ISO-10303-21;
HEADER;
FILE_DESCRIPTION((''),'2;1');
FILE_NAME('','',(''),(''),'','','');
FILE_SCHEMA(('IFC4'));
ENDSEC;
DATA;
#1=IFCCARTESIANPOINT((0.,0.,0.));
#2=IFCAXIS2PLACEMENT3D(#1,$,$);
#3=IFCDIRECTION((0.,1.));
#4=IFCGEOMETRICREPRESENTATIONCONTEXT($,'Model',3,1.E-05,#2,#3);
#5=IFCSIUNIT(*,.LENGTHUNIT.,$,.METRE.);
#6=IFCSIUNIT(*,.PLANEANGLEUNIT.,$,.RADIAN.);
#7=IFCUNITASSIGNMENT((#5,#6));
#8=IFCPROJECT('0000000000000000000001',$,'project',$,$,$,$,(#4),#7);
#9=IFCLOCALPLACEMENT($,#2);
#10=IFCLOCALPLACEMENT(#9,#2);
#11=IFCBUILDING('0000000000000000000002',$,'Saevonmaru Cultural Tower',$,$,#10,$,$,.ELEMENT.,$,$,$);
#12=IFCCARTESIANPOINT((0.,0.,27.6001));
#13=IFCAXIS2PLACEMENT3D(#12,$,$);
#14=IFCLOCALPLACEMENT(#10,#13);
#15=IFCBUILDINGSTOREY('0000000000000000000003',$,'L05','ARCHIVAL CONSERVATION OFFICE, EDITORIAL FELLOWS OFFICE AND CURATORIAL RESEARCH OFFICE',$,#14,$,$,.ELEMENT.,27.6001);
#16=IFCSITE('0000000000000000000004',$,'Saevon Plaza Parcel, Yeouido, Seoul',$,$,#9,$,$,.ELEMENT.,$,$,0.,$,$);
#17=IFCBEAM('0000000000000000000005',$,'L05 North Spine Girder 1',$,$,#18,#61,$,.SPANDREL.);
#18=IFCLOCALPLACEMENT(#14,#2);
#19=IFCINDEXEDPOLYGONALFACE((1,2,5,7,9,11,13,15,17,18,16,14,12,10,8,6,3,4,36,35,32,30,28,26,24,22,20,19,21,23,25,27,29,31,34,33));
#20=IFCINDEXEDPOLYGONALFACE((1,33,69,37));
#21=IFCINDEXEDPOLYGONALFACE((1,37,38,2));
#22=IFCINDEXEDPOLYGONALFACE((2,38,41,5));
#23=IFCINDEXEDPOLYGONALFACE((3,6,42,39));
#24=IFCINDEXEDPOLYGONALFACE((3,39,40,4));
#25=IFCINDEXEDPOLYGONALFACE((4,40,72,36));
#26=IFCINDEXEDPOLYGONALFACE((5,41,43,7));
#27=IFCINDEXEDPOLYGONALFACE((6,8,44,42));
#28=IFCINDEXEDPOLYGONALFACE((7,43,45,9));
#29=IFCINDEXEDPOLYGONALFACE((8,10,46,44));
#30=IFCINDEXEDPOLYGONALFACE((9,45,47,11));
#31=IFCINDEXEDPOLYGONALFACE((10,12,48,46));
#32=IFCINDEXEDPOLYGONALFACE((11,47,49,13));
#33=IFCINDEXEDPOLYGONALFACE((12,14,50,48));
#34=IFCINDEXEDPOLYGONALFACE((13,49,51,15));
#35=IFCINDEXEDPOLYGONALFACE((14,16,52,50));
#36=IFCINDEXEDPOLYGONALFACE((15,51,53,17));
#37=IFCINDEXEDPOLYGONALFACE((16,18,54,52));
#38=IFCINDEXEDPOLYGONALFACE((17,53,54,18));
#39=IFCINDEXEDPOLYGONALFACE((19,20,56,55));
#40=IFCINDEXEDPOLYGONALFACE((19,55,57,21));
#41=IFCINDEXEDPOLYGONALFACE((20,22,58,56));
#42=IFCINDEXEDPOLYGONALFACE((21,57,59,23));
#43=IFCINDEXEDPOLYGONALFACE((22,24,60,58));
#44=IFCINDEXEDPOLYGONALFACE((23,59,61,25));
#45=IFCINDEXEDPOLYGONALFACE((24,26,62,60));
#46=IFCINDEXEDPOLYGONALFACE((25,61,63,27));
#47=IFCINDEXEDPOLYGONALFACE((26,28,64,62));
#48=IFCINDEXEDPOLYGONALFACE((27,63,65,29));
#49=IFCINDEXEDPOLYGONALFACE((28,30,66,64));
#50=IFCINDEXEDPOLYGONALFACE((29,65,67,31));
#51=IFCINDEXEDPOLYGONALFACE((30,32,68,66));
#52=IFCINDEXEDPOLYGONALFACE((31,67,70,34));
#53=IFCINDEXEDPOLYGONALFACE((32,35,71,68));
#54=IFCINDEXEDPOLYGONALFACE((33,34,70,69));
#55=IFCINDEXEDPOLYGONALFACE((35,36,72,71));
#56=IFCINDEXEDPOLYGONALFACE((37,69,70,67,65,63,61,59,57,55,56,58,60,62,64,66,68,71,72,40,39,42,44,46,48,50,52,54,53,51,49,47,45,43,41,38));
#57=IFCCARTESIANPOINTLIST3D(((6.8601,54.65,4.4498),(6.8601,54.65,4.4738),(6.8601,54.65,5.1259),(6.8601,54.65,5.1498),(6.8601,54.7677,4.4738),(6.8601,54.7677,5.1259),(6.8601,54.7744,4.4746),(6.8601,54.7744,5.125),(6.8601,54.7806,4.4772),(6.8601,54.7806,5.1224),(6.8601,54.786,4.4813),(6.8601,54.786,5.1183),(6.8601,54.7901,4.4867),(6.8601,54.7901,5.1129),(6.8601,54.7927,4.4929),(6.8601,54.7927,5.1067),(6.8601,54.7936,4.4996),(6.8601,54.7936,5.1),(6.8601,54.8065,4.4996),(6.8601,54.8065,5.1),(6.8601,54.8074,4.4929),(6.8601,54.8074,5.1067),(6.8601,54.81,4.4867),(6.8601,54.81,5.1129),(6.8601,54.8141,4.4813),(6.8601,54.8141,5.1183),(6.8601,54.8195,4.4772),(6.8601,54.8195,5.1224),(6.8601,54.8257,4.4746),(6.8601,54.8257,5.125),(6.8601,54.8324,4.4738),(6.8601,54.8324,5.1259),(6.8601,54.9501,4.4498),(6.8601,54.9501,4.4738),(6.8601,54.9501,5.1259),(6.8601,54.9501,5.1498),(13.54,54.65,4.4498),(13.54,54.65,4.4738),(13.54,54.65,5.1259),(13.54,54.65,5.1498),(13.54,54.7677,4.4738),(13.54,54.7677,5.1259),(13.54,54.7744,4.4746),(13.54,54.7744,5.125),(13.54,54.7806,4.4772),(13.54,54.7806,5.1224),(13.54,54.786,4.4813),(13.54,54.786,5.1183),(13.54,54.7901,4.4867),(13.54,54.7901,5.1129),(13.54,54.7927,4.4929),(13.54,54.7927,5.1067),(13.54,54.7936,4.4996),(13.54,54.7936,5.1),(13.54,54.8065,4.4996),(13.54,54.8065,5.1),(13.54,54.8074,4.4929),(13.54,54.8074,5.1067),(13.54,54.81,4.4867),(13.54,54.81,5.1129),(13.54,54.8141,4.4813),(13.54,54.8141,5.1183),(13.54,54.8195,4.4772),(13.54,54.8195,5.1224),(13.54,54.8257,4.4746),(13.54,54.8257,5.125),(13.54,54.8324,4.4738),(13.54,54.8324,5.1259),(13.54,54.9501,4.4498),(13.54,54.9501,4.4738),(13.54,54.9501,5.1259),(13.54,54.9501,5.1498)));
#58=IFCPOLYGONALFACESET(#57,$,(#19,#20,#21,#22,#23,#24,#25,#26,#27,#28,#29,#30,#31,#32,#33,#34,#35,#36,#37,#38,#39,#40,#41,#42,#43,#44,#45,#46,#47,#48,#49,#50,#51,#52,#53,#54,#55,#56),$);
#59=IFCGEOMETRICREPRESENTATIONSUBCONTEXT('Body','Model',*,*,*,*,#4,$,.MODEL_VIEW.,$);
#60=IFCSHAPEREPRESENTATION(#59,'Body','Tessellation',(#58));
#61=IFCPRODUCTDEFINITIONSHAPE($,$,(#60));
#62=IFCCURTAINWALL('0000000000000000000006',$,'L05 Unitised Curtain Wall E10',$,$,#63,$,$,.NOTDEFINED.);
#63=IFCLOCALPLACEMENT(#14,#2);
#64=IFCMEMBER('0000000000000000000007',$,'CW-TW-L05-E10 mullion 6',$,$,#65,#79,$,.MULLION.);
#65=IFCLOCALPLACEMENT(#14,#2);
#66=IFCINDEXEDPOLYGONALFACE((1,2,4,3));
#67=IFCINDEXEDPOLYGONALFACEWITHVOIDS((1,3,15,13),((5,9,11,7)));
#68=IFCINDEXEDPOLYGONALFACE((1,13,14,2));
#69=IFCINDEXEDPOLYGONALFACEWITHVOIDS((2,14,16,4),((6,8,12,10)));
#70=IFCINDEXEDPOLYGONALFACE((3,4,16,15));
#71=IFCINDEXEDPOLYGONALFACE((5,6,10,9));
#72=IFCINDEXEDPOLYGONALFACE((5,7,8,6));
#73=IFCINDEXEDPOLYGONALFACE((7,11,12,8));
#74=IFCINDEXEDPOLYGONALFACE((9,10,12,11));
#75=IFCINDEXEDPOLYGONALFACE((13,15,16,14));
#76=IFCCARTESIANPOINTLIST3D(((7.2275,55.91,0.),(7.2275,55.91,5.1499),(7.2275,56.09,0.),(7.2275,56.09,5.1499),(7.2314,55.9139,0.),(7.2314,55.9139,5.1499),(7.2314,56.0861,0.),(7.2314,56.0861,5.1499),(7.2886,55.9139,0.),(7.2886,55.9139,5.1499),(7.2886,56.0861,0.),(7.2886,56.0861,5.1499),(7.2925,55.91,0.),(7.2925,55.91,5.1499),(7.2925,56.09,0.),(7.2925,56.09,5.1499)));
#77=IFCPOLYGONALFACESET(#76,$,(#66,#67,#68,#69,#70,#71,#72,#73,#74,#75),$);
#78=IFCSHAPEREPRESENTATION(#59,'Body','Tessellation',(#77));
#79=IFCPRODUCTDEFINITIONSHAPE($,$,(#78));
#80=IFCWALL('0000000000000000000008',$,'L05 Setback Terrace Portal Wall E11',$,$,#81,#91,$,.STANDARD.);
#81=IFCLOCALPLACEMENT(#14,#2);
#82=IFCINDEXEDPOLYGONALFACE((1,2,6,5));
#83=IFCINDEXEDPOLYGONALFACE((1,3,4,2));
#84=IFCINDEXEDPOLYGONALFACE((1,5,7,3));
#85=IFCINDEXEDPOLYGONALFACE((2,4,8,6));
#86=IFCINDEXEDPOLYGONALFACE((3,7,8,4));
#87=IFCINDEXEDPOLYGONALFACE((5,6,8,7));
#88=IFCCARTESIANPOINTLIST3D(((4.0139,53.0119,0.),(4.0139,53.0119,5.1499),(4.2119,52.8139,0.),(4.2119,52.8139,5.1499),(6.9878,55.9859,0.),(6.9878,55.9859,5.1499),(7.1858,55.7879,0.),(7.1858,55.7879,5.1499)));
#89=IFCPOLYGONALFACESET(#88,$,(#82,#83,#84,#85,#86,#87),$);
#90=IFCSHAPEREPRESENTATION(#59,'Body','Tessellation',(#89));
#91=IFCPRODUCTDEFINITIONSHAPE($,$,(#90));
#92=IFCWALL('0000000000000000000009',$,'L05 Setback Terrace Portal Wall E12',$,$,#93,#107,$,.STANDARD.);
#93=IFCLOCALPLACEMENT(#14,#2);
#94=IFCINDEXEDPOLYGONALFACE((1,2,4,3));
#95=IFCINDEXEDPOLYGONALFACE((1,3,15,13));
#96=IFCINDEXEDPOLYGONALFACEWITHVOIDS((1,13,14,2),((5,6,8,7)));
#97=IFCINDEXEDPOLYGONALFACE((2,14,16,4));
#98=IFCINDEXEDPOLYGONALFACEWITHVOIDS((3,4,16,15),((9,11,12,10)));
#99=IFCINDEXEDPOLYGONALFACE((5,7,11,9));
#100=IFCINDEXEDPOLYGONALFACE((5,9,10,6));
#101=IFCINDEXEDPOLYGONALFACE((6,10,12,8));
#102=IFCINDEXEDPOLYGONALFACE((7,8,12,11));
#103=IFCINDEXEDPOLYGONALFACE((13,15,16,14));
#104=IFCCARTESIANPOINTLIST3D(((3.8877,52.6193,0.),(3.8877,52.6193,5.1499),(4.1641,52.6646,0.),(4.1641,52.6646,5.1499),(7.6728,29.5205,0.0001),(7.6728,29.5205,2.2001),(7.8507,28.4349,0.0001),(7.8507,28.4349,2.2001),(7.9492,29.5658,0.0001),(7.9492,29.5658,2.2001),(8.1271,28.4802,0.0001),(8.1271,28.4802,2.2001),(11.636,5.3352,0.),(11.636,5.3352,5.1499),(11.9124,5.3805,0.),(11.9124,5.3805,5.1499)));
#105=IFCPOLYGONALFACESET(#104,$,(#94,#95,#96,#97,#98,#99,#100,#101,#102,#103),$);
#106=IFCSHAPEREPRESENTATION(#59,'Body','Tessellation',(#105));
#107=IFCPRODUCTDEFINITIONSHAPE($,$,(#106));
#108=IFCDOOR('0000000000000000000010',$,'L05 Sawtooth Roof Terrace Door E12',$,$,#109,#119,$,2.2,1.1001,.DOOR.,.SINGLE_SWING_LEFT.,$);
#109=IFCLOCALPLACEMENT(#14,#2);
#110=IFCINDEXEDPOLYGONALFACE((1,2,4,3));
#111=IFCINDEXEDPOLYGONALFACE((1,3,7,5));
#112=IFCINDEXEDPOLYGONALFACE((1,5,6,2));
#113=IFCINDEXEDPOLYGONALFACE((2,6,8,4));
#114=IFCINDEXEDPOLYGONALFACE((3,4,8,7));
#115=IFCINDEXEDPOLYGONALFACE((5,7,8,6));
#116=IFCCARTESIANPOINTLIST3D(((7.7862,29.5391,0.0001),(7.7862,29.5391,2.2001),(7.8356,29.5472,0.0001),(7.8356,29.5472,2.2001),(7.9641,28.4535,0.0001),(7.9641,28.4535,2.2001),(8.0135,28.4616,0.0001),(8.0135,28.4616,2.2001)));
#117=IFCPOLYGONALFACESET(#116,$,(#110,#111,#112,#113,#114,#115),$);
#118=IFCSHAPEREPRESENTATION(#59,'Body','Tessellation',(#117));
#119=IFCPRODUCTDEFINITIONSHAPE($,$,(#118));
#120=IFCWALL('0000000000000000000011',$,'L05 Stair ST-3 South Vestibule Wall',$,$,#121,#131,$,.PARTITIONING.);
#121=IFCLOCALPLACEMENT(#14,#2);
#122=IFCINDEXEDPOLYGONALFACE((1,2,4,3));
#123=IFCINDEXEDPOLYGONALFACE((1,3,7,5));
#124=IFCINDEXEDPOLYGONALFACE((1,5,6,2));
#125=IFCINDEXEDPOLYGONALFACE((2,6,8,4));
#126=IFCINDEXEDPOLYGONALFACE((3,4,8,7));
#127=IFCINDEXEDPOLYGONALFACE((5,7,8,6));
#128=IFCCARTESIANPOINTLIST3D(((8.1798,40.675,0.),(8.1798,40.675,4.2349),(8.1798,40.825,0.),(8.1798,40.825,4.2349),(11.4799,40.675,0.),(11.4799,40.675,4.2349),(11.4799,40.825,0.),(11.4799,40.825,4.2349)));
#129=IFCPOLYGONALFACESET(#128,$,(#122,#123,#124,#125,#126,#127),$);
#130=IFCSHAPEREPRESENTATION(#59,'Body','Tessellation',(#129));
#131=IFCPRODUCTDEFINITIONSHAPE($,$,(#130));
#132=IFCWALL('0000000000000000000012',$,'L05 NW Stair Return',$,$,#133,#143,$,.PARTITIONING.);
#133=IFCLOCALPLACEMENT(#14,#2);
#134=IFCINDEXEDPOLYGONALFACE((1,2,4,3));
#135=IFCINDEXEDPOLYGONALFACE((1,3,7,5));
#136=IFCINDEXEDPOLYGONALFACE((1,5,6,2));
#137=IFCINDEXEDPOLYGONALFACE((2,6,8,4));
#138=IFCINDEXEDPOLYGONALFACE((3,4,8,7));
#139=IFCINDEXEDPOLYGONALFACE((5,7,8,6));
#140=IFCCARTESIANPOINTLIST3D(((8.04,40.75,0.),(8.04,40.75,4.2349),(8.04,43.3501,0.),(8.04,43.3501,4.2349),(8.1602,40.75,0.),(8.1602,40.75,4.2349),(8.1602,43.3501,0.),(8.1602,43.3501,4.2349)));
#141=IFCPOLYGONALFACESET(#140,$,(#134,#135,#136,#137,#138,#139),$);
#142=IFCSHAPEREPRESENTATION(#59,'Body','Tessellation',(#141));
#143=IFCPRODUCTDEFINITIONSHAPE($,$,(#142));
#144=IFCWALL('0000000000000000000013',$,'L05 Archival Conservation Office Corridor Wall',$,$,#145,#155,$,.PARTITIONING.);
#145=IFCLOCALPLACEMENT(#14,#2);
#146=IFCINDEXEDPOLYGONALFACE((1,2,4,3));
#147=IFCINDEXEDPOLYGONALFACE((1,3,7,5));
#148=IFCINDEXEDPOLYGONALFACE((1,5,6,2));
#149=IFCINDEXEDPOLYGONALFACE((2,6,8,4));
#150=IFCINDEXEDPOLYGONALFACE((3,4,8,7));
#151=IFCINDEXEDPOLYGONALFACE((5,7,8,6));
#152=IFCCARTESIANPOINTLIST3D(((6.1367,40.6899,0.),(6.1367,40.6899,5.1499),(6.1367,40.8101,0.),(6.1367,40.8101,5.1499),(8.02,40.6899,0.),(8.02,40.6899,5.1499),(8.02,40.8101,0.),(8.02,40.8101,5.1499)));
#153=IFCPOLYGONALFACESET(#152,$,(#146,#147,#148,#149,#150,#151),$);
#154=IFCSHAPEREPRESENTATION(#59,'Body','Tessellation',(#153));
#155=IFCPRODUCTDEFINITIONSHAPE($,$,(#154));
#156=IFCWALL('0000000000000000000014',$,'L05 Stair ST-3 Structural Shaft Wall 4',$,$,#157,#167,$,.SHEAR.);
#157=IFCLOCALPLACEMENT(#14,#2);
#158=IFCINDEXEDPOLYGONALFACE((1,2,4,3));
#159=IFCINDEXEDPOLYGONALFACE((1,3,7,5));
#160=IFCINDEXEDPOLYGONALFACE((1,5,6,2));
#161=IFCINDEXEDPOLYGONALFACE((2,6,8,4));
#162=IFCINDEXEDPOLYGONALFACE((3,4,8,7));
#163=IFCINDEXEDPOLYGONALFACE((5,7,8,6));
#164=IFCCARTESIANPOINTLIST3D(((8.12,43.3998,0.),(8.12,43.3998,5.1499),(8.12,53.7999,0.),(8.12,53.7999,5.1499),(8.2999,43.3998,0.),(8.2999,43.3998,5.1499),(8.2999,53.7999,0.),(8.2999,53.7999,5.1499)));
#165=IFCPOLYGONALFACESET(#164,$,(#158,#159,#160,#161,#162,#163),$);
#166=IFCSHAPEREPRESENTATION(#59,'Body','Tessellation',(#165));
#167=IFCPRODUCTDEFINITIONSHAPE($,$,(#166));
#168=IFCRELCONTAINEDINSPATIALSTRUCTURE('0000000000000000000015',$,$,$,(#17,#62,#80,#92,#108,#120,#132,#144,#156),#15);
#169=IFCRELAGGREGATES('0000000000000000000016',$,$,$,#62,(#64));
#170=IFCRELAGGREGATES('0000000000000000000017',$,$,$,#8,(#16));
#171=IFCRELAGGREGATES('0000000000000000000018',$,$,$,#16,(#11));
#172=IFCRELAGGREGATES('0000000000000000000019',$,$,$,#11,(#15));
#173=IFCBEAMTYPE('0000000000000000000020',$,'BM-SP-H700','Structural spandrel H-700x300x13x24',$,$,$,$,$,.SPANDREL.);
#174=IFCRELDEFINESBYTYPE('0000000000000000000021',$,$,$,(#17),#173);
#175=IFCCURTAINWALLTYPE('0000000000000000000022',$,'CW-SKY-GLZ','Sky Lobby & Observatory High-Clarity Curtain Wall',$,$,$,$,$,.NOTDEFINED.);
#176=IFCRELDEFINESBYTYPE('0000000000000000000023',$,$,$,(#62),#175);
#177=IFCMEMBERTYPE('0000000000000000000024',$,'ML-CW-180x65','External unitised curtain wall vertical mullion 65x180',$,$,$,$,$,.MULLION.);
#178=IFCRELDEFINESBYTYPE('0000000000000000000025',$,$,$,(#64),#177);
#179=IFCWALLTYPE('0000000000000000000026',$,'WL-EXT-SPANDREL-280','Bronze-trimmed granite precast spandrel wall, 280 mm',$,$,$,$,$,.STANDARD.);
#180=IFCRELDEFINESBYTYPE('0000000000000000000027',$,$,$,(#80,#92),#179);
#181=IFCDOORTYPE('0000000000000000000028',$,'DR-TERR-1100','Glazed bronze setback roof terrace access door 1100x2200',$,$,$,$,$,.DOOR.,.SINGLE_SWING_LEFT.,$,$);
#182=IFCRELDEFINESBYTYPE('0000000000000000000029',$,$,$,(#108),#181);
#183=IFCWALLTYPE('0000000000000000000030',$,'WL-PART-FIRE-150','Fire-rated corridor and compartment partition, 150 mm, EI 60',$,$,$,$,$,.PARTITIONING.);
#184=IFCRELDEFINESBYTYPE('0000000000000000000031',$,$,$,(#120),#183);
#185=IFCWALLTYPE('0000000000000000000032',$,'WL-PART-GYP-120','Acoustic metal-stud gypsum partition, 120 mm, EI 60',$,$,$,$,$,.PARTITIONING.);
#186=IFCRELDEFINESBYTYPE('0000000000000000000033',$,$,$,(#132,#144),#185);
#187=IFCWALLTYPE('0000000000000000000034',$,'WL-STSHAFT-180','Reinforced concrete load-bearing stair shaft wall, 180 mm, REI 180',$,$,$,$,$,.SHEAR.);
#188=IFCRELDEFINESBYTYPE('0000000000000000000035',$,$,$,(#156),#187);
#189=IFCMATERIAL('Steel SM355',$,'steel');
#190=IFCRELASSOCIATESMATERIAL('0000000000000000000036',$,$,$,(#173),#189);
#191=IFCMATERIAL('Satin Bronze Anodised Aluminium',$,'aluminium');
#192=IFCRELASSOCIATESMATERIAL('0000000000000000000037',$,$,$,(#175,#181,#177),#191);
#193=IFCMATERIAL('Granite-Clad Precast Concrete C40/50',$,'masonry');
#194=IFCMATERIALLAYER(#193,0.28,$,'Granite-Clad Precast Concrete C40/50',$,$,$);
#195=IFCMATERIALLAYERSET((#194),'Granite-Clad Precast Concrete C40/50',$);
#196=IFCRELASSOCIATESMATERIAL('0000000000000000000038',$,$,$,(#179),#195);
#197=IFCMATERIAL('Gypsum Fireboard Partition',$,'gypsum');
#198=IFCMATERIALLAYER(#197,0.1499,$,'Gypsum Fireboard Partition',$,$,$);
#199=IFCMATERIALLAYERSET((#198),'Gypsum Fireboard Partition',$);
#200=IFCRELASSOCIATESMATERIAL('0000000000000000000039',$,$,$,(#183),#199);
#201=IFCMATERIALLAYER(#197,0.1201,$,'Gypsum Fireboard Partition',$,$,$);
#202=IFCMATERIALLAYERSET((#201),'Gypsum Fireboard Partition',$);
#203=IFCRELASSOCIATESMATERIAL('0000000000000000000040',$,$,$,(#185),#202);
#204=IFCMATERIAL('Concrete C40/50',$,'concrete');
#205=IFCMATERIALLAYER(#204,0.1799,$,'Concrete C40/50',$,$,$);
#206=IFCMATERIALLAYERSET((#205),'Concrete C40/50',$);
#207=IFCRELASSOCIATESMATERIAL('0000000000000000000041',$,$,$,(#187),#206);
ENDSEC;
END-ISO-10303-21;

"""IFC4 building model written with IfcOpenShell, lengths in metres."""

from ifc_helpers import new_model, si_unit, direction, frame, frame_2d, origin, origin_2d, place, context, subcontext, project, spatial, rectangle, hollow_rectangle, i_section, extrude, material, layer, layer_set, material_profile, profile_set, type_object, element, fill, aggregate, save


model = new_model("IFC4")

# Units and contexts
model_context = context("Model", 3, precision=1e-05, world=origin(), true_north=direction((0.0, 1.0)))
body_context = subcontext(model_context, "Body", "Model", "MODEL_VIEW")
ifc_project = project(units=[si_unit("LENGTHUNIT", "METRE"), si_unit("PLANEANGLEUNIT", "RADIAN")], contexts=[model_context])

# Site, building, storey
site_placement = place(None, origin())
site = spatial("IfcSite", under=ifc_project, at=site_placement, Name="Saevon Plaza Parcel, Yeouido, Seoul", CompositionType="ELEMENT", RefElevation=0.0)
building_placement = place(site_placement, origin())
building = spatial("IfcBuilding", under=site, at=building_placement, Name="Saevonmaru Cultural Tower", CompositionType="ELEMENT")
storey_placement = place(building_placement, frame((0.0, 0.0, 27.6001)))
storey = spatial("IfcBuildingStorey", under=building, at=storey_placement, Name="L05", Description="ARCHIVAL CONSERVATION OFFICE, EDITORIAL FELLOWS OFFICE AND CURATORIAL RESEARCH OFFICE", CompositionType="ELEMENT", Elevation=27.6001)

# Shared definitions
ifc_material_1 = material(Name="Steel SM355", Category="steel")

# Beam
ifc_material_profile_1 = material_profile(ifc_material_1, i_section(OverallWidth=0.3, OverallDepth=0.7, WebThickness=0.0129, FlangeThickness=0.0239, FilletRadius=0.0259, at=origin_2d()), Name="H-700x300x13x24")
ifc_profile_set_1 = profile_set([ifc_material_profile_1], Name="Steel SM355")
beam_type_1 = type_object("IfcBeamType", Name="BM-SP-H700", Description="Structural spandrel H-700x300x13x24", PredefinedType="SPANDREL", material=ifc_profile_set_1)
beam_1_placement = place(storey_placement, frame((6.8601, 54.8, 4.7998), z_axis=(1.0, 0.0, 0.0), x_axis=(0.0, 1.0, 0.0)))
element("IfcBeam", 1, at=beam_1_placement, inside=storey, type_object=beam_type_1, Name="L05 North Spine Girder 1", PredefinedType="SPANDREL", context=body_context, shape_type="SweptSolid", body=[
    extrude(i_section(OverallWidth=0.3, OverallDepth=0.7, WebThickness=0.0129, FlangeThickness=0.0239, FilletRadius=0.0259, at=origin_2d()), origin(), (0.0, 0.0, 1.0), 6.6799),
])

# Curtain wall, member
ifc_material_2 = material(Name="Satin Bronze Anodised Aluminium", Category="aluminium")
curtain_wall_type = type_object("IfcCurtainWallType", Name="CW-SKY-GLZ", Description="Sky Lobby & Observatory High-Clarity Curtain Wall", PredefinedType="NOTDEFINED", material=ifc_material_2)
curtain_wall_placement = place(storey_placement, origin())
curtain_wall = element("IfcCurtainWall", 2, at=curtain_wall_placement, inside=storey, type_object=curtain_wall_type, Name="L05 Unitised Curtain Wall E10", PredefinedType="NOTDEFINED")
ifc_material_profile_2 = material_profile(ifc_material_2, hollow_rectangle(XDim=0.0649, YDim=0.1799, WallThickness=0.0039, at=origin_2d()), Name="ALU-MULL-180x65x4")
ifc_profile_set_2 = profile_set([ifc_material_profile_2], Name="Satin Bronze Anodised Aluminium")
member_type = type_object("IfcMemberType", Name="ML-CW-180x65", Description="External unitised curtain wall vertical mullion 65x180", PredefinedType="MULLION", material=ifc_profile_set_2)
member_placement = place(storey_placement, frame((7.26, 56.0, 0.0), z_axis=(0.0, 0.0, 1.0), x_axis=(-1.0, 0.0, 0.0)))
member = element("IfcMember", 3, at=member_placement, type_object=member_type, Name="CW-TW-L05-E10 mullion 6", PredefinedType="MULLION", context=body_context, shape_type="SweptSolid", body=[
    extrude(hollow_rectangle(XDim=0.0649, YDim=0.1799, WallThickness=0.0039, at=origin_2d()), origin(), (0.0, 0.0, 1.0), 5.1499),
])
aggregate(curtain_wall, [member])

# Wall
ifc_material_3 = material(Name="Granite-Clad Precast Concrete C40/50", Category="masonry")
ifc_layer_1 = layer(ifc_material_3, 0.28, Name="Granite-Clad Precast Concrete C40/50")
ifc_layer_set_1 = layer_set([ifc_layer_1], Name="Granite-Clad Precast Concrete C40/50")
wall_type_1 = type_object("IfcWallType", Name="WL-EXT-SPANDREL-280", Description="Bronze-trimmed granite precast spandrel wall, 280 mm", PredefinedType="STANDARD", material=ifc_layer_set_1)
wall_1_placement = place(storey_placement, frame((7.0869, 55.887, 0.0), z_axis=(0.0, 0.0, 1.0), x_axis=(-0.707107, -0.707107, 0.0)))
element("IfcWall", 4, at=wall_1_placement, inside=storey, type_object=wall_type_1, Name="L05 Setback Terrace Portal Wall E11", PredefinedType="STANDARD", context=body_context, shape_type="SweptSolid", body=[
    extrude(rectangle(XDim=4.2058, YDim=0.28, at=frame_2d((2.103, 0.0))), origin(), (0.0, 0.0, 1.0), 5.1499),
])

# Wall, opening, door
wall_2_placement = place(storey_placement, frame((4.0259, 52.6421, 0.0), z_axis=(0.0, 0.0, 1.0), x_axis=(0.16171, -0.986838, 0.0)))
wall_2 = element("IfcWall", 5, at=wall_2_placement, inside=storey, type_object=wall_type_1, Name="L05 Setback Terrace Portal Wall E12", PredefinedType="STANDARD", context=body_context, shape_type="SweptSolid", body=[
    extrude(rectangle(XDim=47.9148, YDim=0.28, at=frame_2d((23.9575, 0.0))), origin(), (0.0, 0.0, 1.0), 5.1499),
])
opening_1_placement = place(wall_2_placement, frame((23.407, 0.0, 0.0)))
opening_1 = element("IfcOpeningElement", 6, at=opening_1_placement, cuts=wall_2, PredefinedType="OPENING", context=body_context, shape_type="SweptSolid", body=[
    extrude(rectangle(XDim=1.1001, YDim=2.2, at=frame_2d((0.55, 1.1001))), frame((0.0, 0.1499, 0.0), z_axis=(0.0, -1.0, 0.0), x_axis=(1.0, 0.0, 0.0)), (0.0, 0.0, 1.0), 0.3),
])
door_type_1 = type_object("IfcDoorType", Name="DR-TERR-1100", Description="Glazed bronze setback roof terrace access door 1100x2200", OperationType="SINGLE_SWING_LEFT", PredefinedType="DOOR", material=ifc_material_2)
door_1_placement = place(opening_1_placement, origin())
door_1 = element("IfcDoor", 7, at=door_1_placement, inside=storey, type_object=door_type_1, Name="L05 Sawtooth Roof Terrace Door E12", OperationType="SINGLE_SWING_LEFT", OverallHeight=2.2, OverallWidth=1.1001, PredefinedType="DOOR", context=body_context, shape_type="SweptSolid", body=[
    extrude(rectangle(XDim=1.1001, YDim=2.2, at=frame_2d((0.55, 1.1001))), frame((0.0, 0.0249, 0.0), z_axis=(0.0, -1.0, 0.0), x_axis=(1.0, 0.0, 0.0)), (0.0, 0.0, 1.0), 0.05),
])
fill(opening_1, door_1)

# Walls
ifc_material_4 = material(Name="Gypsum Fireboard Partition", Category="gypsum")
ifc_layer_2 = layer(ifc_material_4, 0.1499, Name="Gypsum Fireboard Partition")
ifc_layer_set_2 = layer_set([ifc_layer_2], Name="Gypsum Fireboard Partition")
wall_type_2 = type_object("IfcWallType", Name="WL-PART-FIRE-150", Description="Fire-rated corridor and compartment partition, 150 mm, EI 60", PredefinedType="PARTITIONING", material=ifc_layer_set_2)
wall_3_placement = place(storey_placement, frame((8.1799, 40.75, 0.0), z_axis=(0.0, 0.0, 1.0), x_axis=(1.0, 0.0, 0.0)))
element("IfcWall", 8, at=wall_3_placement, inside=storey, type_object=wall_type_2, Name="L05 Stair ST-3 South Vestibule Wall", PredefinedType="PARTITIONING", context=body_context, shape_type="SweptSolid", body=[
    extrude(rectangle(XDim=3.3, YDim=0.1499, at=frame_2d((1.6499, 0.0))), origin(), (0.0, 0.0, 1.0), 4.2349),
])
ifc_layer_3 = layer(ifc_material_4, 0.1201, Name="Gypsum Fireboard Partition")
ifc_layer_set_3 = layer_set([ifc_layer_3], Name="Gypsum Fireboard Partition")
wall_type_3 = type_object("IfcWallType", Name="WL-PART-GYP-120", Description="Acoustic metal-stud gypsum partition, 120 mm, EI 60", PredefinedType="PARTITIONING", material=ifc_layer_set_3)
wall_4_placement = place(storey_placement, frame((8.1001, 40.75, 0.0), z_axis=(0.0, 0.0, 1.0), x_axis=(0.0, 1.0, 0.0)))
element("IfcWall", 9, at=wall_4_placement, inside=storey, type_object=wall_type_3, Name="L05 NW Stair Return", PredefinedType="PARTITIONING", context=body_context, shape_type="SweptSolid", body=[
    extrude(rectangle(XDim=2.6001, YDim=0.1201, at=frame_2d((1.3, 0.0))), origin(), (0.0, 0.0, 1.0), 4.2349),
])
wall_5_placement = place(storey_placement, frame((6.1367, 40.75, 0.0), z_axis=(0.0, 0.0, 1.0), x_axis=(1.0, 0.0, 0.0)))
element("IfcWall", 10, at=wall_5_placement, inside=storey, type_object=wall_type_3, Name="L05 Archival Conservation Office Corridor Wall", PredefinedType="PARTITIONING", context=body_context, shape_type="SweptSolid", body=[
    extrude(rectangle(XDim=1.8833, YDim=0.1201, at=frame_2d((0.9417, 0.0))), origin(), (0.0, 0.0, 1.0), 5.1499),
])

# Shared definitions
ifc_material_5 = material(Name="Concrete C40/50", Category="concrete")
ifc_layer_4 = layer(ifc_material_5, 0.1799, Name="Concrete C40/50")
ifc_layer_set_4 = layer_set([ifc_layer_4], Name="Concrete C40/50")
wall_type_4 = type_object("IfcWallType", Name="WL-STSHAFT-180", Description="Reinforced concrete load-bearing stair shaft wall, 180 mm, REI 180", PredefinedType="SHEAR", material=ifc_layer_set_4)

# Wall
wall_6_placement = place(storey_placement, frame((8.21, 53.8, 0.0), z_axis=(0.0, 0.0, 1.0), x_axis=(0.0, -1.0, 0.0)))
element("IfcWall", 11, at=wall_6_placement, inside=storey, type_object=wall_type_4, Name="L05 Stair ST-3 Structural Shaft Wall 4", PredefinedType="SHEAR", context=body_context, shape_type="SweptSolid", body=[
    extrude(rectangle(XDim=10.4001, YDim=0.1799, at=frame_2d((5.2002, 0.0))), origin(), (0.0, 0.0, 1.0), 5.1499),
])

save(model, "model.ifc")
